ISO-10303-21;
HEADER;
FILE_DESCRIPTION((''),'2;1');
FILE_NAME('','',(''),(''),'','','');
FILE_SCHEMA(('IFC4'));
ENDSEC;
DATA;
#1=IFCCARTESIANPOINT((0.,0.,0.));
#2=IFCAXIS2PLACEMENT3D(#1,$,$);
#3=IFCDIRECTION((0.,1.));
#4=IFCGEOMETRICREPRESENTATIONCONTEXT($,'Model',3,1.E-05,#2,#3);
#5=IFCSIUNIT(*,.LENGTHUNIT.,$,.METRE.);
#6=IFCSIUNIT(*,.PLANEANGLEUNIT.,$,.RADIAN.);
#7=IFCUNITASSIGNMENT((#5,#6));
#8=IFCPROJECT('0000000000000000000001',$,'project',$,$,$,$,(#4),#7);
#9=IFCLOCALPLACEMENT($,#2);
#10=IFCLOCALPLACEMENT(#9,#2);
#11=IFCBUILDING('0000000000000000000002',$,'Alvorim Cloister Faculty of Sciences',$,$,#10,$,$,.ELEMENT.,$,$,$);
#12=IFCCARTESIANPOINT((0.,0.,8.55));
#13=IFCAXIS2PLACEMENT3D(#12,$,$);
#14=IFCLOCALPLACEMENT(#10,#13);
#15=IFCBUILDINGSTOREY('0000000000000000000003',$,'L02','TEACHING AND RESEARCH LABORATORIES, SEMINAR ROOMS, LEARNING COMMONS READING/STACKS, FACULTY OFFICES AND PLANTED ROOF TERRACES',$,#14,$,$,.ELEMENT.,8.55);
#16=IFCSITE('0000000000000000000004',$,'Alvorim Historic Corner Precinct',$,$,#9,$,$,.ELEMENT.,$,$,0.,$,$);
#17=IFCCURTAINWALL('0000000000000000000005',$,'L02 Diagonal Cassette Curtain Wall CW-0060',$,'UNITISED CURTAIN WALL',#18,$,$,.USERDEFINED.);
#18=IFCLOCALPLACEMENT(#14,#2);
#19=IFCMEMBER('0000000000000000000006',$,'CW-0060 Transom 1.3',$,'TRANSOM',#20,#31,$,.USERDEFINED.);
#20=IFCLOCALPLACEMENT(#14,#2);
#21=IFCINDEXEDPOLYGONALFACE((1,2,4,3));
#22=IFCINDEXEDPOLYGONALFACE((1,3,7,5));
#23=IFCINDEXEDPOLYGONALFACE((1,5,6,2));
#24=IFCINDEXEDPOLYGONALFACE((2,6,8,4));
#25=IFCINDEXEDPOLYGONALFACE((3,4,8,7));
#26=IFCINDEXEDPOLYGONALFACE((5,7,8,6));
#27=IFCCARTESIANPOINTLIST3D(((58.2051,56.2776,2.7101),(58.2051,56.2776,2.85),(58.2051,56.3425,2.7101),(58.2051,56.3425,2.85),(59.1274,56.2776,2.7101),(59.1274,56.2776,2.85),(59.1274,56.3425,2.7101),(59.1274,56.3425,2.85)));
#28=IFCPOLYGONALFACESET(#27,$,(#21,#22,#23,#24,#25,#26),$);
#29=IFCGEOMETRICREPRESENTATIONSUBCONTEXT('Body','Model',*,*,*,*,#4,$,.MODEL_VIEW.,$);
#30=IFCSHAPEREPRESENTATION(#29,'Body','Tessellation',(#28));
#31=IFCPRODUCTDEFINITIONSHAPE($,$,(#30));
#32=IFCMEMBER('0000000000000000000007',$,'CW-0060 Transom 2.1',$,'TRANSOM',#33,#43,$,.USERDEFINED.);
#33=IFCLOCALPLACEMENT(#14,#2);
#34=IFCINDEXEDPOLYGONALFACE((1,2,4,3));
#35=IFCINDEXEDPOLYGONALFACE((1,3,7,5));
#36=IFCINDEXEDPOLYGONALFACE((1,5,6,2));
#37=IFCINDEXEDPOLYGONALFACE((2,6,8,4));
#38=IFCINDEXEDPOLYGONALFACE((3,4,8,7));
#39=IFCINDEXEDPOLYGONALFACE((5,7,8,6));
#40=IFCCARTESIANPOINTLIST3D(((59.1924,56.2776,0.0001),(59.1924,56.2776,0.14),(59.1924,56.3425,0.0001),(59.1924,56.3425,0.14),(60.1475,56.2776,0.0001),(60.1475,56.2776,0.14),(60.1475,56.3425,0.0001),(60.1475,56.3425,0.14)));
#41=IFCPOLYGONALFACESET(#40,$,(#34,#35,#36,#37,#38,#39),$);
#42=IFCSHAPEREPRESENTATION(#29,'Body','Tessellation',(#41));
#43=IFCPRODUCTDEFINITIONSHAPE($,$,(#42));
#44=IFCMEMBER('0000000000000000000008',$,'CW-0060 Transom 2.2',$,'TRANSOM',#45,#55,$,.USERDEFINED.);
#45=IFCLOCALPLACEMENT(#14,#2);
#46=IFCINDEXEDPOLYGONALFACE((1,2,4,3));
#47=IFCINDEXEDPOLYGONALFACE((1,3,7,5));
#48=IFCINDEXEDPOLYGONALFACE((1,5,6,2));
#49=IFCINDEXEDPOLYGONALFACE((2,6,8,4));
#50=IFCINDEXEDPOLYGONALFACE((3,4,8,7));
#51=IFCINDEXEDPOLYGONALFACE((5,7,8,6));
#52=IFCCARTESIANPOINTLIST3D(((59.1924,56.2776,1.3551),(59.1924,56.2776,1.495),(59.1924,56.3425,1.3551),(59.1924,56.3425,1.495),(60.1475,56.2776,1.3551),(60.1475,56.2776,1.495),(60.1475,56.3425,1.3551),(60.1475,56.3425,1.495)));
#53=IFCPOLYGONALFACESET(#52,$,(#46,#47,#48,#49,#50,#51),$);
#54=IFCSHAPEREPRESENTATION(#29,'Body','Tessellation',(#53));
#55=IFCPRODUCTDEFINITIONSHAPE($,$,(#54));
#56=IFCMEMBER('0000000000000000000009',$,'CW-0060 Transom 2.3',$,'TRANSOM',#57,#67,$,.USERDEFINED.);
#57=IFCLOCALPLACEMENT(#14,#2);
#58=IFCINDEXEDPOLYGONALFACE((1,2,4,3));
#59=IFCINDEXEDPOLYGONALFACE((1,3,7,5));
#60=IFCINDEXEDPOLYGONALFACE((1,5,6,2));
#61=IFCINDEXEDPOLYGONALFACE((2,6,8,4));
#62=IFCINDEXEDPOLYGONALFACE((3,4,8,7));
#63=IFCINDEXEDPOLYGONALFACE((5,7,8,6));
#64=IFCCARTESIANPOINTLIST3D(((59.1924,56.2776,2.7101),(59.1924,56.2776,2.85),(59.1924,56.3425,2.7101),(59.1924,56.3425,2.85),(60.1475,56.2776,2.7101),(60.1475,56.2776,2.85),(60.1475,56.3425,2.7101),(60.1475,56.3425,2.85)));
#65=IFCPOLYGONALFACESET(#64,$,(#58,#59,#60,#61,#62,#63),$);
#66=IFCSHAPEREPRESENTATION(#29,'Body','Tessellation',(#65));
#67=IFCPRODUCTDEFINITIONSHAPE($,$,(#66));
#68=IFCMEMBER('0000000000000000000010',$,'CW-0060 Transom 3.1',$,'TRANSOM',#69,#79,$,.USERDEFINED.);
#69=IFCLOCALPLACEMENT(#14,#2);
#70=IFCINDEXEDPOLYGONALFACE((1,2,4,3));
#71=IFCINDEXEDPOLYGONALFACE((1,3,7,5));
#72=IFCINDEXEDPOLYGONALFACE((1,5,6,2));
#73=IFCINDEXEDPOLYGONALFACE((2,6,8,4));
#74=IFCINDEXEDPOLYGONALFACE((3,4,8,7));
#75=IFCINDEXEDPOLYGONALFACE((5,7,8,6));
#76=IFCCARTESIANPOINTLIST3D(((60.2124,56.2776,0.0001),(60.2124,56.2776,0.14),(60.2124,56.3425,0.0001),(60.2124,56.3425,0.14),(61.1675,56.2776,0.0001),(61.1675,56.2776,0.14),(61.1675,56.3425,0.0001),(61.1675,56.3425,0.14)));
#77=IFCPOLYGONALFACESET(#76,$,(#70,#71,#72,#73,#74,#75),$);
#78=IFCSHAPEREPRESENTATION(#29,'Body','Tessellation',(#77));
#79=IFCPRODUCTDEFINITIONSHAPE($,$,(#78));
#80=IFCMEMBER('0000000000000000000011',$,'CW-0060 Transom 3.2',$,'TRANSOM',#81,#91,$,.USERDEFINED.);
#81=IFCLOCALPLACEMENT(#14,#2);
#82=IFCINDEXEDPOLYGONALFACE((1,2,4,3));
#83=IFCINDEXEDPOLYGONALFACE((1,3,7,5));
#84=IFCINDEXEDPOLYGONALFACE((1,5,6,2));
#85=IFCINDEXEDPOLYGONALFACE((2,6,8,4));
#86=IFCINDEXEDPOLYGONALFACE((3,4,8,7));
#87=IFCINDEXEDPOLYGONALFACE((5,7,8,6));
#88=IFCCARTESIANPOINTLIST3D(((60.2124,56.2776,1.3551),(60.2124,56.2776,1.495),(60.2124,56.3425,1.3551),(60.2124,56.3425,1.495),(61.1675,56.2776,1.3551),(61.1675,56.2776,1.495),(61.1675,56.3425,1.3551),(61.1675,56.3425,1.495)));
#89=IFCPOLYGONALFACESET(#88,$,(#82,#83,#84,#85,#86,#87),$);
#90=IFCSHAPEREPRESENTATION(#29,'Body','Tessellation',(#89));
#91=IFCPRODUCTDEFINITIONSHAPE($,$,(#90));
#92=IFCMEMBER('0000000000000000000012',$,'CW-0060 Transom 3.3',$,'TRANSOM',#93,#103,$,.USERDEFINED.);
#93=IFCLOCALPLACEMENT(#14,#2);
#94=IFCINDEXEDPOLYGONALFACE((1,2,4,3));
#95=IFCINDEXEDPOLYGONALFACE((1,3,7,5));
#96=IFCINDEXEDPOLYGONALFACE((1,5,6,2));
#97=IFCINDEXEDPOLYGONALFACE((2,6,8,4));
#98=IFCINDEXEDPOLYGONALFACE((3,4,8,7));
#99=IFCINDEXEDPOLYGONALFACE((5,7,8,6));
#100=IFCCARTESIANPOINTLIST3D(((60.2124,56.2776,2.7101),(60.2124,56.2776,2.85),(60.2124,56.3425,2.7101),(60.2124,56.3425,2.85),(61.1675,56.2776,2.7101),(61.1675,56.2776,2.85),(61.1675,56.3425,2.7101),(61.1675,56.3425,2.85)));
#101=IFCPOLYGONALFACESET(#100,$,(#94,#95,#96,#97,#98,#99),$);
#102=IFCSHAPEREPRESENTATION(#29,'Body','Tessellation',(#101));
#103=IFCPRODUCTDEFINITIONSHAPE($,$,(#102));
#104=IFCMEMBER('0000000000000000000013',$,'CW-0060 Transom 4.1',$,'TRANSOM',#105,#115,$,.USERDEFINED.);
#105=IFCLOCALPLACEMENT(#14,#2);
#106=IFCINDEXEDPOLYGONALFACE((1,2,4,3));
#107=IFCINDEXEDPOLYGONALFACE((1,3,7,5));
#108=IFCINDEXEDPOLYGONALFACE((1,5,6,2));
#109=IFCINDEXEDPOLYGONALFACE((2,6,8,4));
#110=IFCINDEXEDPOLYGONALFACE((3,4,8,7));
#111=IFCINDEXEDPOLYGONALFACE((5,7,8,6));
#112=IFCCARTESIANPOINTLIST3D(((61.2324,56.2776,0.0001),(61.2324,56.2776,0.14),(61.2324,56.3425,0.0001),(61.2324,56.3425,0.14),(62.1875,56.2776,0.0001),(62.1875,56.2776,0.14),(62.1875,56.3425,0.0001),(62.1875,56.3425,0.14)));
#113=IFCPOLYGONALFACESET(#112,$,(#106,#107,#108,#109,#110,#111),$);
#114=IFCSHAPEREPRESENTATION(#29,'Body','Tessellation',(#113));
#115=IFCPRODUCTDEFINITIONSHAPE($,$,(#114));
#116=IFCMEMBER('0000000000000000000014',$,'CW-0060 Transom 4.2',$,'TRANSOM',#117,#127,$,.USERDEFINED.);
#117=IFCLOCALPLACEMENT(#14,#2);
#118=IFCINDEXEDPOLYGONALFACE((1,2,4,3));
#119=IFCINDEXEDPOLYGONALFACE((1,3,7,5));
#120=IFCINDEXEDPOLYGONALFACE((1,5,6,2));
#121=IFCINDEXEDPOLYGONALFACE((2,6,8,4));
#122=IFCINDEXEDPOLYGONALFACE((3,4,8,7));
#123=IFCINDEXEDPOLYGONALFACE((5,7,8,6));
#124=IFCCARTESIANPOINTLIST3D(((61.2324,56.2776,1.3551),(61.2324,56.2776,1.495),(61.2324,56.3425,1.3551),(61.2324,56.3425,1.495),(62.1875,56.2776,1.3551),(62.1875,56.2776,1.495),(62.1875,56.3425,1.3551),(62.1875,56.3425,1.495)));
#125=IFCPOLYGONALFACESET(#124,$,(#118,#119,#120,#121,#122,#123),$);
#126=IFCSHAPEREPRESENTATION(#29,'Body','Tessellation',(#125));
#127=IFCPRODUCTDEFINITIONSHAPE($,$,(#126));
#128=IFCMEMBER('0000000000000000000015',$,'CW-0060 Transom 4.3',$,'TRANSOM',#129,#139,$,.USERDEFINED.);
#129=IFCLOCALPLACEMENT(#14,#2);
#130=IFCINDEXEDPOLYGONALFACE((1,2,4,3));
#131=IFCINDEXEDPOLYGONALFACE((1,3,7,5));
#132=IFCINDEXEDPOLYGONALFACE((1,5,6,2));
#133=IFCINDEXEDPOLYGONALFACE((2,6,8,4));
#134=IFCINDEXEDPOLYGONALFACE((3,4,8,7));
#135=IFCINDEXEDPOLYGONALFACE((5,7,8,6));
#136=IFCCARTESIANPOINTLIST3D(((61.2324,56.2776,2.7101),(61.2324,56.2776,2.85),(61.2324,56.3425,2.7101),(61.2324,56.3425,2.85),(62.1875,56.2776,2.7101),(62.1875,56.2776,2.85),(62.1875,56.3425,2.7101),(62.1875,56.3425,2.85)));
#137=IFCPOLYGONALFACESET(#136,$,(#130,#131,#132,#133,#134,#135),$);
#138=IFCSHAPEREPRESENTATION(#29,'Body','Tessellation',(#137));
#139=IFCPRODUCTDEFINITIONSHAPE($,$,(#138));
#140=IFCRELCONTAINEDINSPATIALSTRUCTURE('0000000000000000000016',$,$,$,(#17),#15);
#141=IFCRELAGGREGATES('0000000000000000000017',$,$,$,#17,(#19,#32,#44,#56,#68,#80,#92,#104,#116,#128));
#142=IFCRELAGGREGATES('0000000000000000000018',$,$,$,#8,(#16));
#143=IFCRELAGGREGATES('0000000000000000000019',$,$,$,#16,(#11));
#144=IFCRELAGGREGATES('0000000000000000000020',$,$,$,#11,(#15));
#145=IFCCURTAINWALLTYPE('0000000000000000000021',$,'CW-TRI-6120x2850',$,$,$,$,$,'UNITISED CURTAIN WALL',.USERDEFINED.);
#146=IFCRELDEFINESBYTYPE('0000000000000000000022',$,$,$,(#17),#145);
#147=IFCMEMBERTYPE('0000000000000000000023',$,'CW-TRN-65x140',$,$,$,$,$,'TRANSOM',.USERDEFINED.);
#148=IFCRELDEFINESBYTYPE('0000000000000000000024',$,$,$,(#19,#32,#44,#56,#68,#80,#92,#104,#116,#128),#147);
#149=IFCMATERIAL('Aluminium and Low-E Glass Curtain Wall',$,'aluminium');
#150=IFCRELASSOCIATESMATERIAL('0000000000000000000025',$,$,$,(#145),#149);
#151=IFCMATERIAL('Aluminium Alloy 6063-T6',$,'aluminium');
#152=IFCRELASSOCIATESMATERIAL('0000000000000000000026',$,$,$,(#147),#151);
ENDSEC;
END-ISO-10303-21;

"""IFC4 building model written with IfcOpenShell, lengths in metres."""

from ifc_helpers import new_model, si_unit, direction, frame, origin, origin_2d, place, context, subcontext, project, spatial, rectangle, extrude, material, material_profile, profile_set, type_object, element, aggregate, save


model = new_model("IFC4")

# Units and contexts
model_context = context("Model", 3, precision=1e-05, world=origin(), true_north=direction((0.0, 1.0)))
body_context = subcontext(model_context, "Body", "Model", "MODEL_VIEW")
ifc_project = project(units=[si_unit("LENGTHUNIT", "METRE"), si_unit("PLANEANGLEUNIT", "RADIAN")], contexts=[model_context])

# Site, building, storey
site_placement = place(None, origin())
site = spatial("IfcSite", under=ifc_project, at=site_placement, Name="Alvorim Historic Corner Precinct", CompositionType="ELEMENT", RefElevation=0.0)
building_placement = place(site_placement, origin())
building = spatial("IfcBuilding", under=site, at=building_placement, Name="Alvorim Cloister Faculty of Sciences", CompositionType="ELEMENT")
storey_placement = place(building_placement, frame((0.0, 0.0, 8.55)))
storey = spatial("IfcBuildingStorey", under=building, at=storey_placement, Name="L02", Description="TEACHING AND RESEARCH LABORATORIES, SEMINAR ROOMS, LEARNING COMMONS READING/STACKS, FACULTY OFFICES AND PLANTED ROOF TERRACES", CompositionType="ELEMENT", Elevation=8.55)

# Curtain wall
ifc_material_1 = material(Name="Aluminium and Low-E Glass Curtain Wall", Category="aluminium")
curtain_wall_type = type_object("IfcCurtainWallType", Name="CW-TRI-6120x2850", ElementType="UNITISED CURTAIN WALL", PredefinedType="USERDEFINED", material=ifc_material_1)
ifc_material_2 = material(Name="Aluminium Alloy 6063-T6", Category="aluminium")
curtain_wall_1_placement = place(storey_placement, origin())
curtain_wall_1 = element("IfcCurtainWall", 1, at=curtain_wall_1_placement, inside=storey, type_object=curtain_wall_type, Name="L02 Diagonal Cassette Curtain Wall CW-0060", ObjectType="UNITISED CURTAIN WALL", PredefinedType="USERDEFINED")

# Members
ifc_material_profile_1 = material_profile(ifc_material_2, rectangle(XDim=0.0649, YDim=0.1399, at=origin_2d()), Name="ALU-TRN-65x140")
ifc_profile_set_1 = profile_set([ifc_material_profile_1], Name="Aluminium Alloy 6063-T6")
member_type_1 = type_object("IfcMemberType", Name="CW-TRN-65x140", ElementType="TRANSOM", PredefinedType="USERDEFINED", material=ifc_profile_set_1)
member_1_placement = place(storey_placement, frame((58.2051, 56.3101, 2.78), z_axis=(1.0, 0.0, 0.0), x_axis=(0.0, 1.0, 0.0)))
member_1 = element("IfcMember", 2, at=member_1_placement, type_object=member_type_1, Name="CW-0060 Transom 1.3", ObjectType="TRANSOM", PredefinedType="USERDEFINED", context=body_context, shape_type="SweptSolid", body=[
    extrude(rectangle(XDim=0.0649, YDim=0.1399, at=origin_2d()), origin(), (0.0, 0.0, 1.0), 0.9224),
])
member_2_placement = place(storey_placement, frame((59.1924, 56.3101, 0.0701), z_axis=(1.0, 0.0, 0.0), x_axis=(0.0, 1.0, 0.0)))
member_2 = element("IfcMember", 3, at=member_2_placement, type_object=member_type_1, Name="CW-0060 Transom 2.1", ObjectType="TRANSOM", PredefinedType="USERDEFINED", context=body_context, shape_type="SweptSolid", body=[
    extrude(rectangle(XDim=0.0649, YDim=0.1399, at=origin_2d()), origin(), (0.0, 0.0, 1.0), 0.9551),
])
member_3_placement = place(storey_placement, frame((59.1924, 56.3101, 1.425), z_axis=(1.0, 0.0, 0.0), x_axis=(0.0, 1.0, 0.0)))
member_3 = element("IfcMember", 4, at=member_3_placement, type_object=member_type_1, Name="CW-0060 Transom 2.2", ObjectType="TRANSOM", PredefinedType="USERDEFINED", context=body_context, shape_type="SweptSolid", body=[
    extrude(rectangle(XDim=0.0649, YDim=0.1399, at=origin_2d()), origin(), (0.0, 0.0, 1.0), 0.9551),
])
member_4_placement = place(storey_placement, frame((59.1924, 56.3101, 2.78), z_axis=(1.0, 0.0, 0.0), x_axis=(0.0, 1.0, 0.0)))
member_4 = element("IfcMember", 5, at=member_4_placement, type_object=member_type_1, Name="CW-0060 Transom 2.3", ObjectType="TRANSOM", PredefinedType="USERDEFINED", context=body_context, shape_type="SweptSolid", body=[
    extrude(rectangle(XDim=0.0649, YDim=0.1399, at=origin_2d()), origin(), (0.0, 0.0, 1.0), 0.9551),
])
member_5_placement = place(storey_placement, frame((60.2124, 56.3101, 0.0701), z_axis=(1.0, 0.0, 0.0), x_axis=(0.0, 1.0, 0.0)))
member_5 = element("IfcMember", 6, at=member_5_placement, type_object=member_type_1, Name="CW-0060 Transom 3.1", ObjectType="TRANSOM", PredefinedType="USERDEFINED", context=body_context, shape_type="SweptSolid", body=[
    extrude(rectangle(XDim=0.0649, YDim=0.1399, at=origin_2d()), origin(), (0.0, 0.0, 1.0), 0.9551),
])
member_6_placement = place(storey_placement, frame((60.2124, 56.3101, 1.425), z_axis=(1.0, 0.0, 0.0), x_axis=(0.0, 1.0, 0.0)))
member_6 = element("IfcMember", 7, at=member_6_placement, type_object=member_type_1, Name="CW-0060 Transom 3.2", ObjectType="TRANSOM", PredefinedType="USERDEFINED", context=body_context, shape_type="SweptSolid", body=[
    extrude(rectangle(XDim=0.0649, YDim=0.1399, at=origin_2d()), origin(), (0.0, 0.0, 1.0), 0.9551),
])
member_7_placement = place(storey_placement, frame((60.2124, 56.3101, 2.78), z_axis=(1.0, 0.0, 0.0), x_axis=(0.0, 1.0, 0.0)))
member_7 = element("IfcMember", 8, at=member_7_placement, type_object=member_type_1, Name="CW-0060 Transom 3.3", ObjectType="TRANSOM", PredefinedType="USERDEFINED", context=body_context, shape_type="SweptSolid", body=[
    extrude(rectangle(XDim=0.0649, YDim=0.1399, at=origin_2d()), origin(), (0.0, 0.0, 1.0), 0.9551),
])
member_8_placement = place(storey_placement, frame((61.2324, 56.3101, 0.0701), z_axis=(1.0, 0.0, 0.0), x_axis=(0.0, 1.0, 0.0)))
member_8 = element("IfcMember", 9, at=member_8_placement, type_object=member_type_1, Name="CW-0060 Transom 4.1", ObjectType="TRANSOM", PredefinedType="USERDEFINED", context=body_context, shape_type="SweptSolid", body=[
    extrude(rectangle(XDim=0.0649, YDim=0.1399, at=origin_2d()), origin(), (0.0, 0.0, 1.0), 0.9551),
])
member_9_placement = place(storey_placement, frame((61.2324, 56.3101, 1.425), z_axis=(1.0, 0.0, 0.0), x_axis=(0.0, 1.0, 0.0)))
member_9 = element("IfcMember", 10, at=member_9_placement, type_object=member_type_1, Name="CW-0060 Transom 4.2", ObjectType="TRANSOM", PredefinedType="USERDEFINED", context=body_context, shape_type="SweptSolid", body=[
    extrude(rectangle(XDim=0.0649, YDim=0.1399, at=origin_2d()), origin(), (0.0, 0.0, 1.0), 0.9551),
])
member_10_placement = place(storey_placement, frame((61.2324, 56.3101, 2.78), z_axis=(1.0, 0.0, 0.0), x_axis=(0.0, 1.0, 0.0)))
member_10 = element("IfcMember", 11, at=member_10_placement, type_object=member_type_1, Name="CW-0060 Transom 4.3", ObjectType="TRANSOM", PredefinedType="USERDEFINED", context=body_context, shape_type="SweptSolid", body=[
    extrude(rectangle(XDim=0.0649, YDim=0.1399, at=origin_2d()), origin(), (0.0, 0.0, 1.0), 0.9551),
])
aggregate(curtain_wall_1, [member_1, member_2, member_3, member_4, member_5, member_6, member_7, member_8, member_9, member_10])

save(model, "model.ifc")
